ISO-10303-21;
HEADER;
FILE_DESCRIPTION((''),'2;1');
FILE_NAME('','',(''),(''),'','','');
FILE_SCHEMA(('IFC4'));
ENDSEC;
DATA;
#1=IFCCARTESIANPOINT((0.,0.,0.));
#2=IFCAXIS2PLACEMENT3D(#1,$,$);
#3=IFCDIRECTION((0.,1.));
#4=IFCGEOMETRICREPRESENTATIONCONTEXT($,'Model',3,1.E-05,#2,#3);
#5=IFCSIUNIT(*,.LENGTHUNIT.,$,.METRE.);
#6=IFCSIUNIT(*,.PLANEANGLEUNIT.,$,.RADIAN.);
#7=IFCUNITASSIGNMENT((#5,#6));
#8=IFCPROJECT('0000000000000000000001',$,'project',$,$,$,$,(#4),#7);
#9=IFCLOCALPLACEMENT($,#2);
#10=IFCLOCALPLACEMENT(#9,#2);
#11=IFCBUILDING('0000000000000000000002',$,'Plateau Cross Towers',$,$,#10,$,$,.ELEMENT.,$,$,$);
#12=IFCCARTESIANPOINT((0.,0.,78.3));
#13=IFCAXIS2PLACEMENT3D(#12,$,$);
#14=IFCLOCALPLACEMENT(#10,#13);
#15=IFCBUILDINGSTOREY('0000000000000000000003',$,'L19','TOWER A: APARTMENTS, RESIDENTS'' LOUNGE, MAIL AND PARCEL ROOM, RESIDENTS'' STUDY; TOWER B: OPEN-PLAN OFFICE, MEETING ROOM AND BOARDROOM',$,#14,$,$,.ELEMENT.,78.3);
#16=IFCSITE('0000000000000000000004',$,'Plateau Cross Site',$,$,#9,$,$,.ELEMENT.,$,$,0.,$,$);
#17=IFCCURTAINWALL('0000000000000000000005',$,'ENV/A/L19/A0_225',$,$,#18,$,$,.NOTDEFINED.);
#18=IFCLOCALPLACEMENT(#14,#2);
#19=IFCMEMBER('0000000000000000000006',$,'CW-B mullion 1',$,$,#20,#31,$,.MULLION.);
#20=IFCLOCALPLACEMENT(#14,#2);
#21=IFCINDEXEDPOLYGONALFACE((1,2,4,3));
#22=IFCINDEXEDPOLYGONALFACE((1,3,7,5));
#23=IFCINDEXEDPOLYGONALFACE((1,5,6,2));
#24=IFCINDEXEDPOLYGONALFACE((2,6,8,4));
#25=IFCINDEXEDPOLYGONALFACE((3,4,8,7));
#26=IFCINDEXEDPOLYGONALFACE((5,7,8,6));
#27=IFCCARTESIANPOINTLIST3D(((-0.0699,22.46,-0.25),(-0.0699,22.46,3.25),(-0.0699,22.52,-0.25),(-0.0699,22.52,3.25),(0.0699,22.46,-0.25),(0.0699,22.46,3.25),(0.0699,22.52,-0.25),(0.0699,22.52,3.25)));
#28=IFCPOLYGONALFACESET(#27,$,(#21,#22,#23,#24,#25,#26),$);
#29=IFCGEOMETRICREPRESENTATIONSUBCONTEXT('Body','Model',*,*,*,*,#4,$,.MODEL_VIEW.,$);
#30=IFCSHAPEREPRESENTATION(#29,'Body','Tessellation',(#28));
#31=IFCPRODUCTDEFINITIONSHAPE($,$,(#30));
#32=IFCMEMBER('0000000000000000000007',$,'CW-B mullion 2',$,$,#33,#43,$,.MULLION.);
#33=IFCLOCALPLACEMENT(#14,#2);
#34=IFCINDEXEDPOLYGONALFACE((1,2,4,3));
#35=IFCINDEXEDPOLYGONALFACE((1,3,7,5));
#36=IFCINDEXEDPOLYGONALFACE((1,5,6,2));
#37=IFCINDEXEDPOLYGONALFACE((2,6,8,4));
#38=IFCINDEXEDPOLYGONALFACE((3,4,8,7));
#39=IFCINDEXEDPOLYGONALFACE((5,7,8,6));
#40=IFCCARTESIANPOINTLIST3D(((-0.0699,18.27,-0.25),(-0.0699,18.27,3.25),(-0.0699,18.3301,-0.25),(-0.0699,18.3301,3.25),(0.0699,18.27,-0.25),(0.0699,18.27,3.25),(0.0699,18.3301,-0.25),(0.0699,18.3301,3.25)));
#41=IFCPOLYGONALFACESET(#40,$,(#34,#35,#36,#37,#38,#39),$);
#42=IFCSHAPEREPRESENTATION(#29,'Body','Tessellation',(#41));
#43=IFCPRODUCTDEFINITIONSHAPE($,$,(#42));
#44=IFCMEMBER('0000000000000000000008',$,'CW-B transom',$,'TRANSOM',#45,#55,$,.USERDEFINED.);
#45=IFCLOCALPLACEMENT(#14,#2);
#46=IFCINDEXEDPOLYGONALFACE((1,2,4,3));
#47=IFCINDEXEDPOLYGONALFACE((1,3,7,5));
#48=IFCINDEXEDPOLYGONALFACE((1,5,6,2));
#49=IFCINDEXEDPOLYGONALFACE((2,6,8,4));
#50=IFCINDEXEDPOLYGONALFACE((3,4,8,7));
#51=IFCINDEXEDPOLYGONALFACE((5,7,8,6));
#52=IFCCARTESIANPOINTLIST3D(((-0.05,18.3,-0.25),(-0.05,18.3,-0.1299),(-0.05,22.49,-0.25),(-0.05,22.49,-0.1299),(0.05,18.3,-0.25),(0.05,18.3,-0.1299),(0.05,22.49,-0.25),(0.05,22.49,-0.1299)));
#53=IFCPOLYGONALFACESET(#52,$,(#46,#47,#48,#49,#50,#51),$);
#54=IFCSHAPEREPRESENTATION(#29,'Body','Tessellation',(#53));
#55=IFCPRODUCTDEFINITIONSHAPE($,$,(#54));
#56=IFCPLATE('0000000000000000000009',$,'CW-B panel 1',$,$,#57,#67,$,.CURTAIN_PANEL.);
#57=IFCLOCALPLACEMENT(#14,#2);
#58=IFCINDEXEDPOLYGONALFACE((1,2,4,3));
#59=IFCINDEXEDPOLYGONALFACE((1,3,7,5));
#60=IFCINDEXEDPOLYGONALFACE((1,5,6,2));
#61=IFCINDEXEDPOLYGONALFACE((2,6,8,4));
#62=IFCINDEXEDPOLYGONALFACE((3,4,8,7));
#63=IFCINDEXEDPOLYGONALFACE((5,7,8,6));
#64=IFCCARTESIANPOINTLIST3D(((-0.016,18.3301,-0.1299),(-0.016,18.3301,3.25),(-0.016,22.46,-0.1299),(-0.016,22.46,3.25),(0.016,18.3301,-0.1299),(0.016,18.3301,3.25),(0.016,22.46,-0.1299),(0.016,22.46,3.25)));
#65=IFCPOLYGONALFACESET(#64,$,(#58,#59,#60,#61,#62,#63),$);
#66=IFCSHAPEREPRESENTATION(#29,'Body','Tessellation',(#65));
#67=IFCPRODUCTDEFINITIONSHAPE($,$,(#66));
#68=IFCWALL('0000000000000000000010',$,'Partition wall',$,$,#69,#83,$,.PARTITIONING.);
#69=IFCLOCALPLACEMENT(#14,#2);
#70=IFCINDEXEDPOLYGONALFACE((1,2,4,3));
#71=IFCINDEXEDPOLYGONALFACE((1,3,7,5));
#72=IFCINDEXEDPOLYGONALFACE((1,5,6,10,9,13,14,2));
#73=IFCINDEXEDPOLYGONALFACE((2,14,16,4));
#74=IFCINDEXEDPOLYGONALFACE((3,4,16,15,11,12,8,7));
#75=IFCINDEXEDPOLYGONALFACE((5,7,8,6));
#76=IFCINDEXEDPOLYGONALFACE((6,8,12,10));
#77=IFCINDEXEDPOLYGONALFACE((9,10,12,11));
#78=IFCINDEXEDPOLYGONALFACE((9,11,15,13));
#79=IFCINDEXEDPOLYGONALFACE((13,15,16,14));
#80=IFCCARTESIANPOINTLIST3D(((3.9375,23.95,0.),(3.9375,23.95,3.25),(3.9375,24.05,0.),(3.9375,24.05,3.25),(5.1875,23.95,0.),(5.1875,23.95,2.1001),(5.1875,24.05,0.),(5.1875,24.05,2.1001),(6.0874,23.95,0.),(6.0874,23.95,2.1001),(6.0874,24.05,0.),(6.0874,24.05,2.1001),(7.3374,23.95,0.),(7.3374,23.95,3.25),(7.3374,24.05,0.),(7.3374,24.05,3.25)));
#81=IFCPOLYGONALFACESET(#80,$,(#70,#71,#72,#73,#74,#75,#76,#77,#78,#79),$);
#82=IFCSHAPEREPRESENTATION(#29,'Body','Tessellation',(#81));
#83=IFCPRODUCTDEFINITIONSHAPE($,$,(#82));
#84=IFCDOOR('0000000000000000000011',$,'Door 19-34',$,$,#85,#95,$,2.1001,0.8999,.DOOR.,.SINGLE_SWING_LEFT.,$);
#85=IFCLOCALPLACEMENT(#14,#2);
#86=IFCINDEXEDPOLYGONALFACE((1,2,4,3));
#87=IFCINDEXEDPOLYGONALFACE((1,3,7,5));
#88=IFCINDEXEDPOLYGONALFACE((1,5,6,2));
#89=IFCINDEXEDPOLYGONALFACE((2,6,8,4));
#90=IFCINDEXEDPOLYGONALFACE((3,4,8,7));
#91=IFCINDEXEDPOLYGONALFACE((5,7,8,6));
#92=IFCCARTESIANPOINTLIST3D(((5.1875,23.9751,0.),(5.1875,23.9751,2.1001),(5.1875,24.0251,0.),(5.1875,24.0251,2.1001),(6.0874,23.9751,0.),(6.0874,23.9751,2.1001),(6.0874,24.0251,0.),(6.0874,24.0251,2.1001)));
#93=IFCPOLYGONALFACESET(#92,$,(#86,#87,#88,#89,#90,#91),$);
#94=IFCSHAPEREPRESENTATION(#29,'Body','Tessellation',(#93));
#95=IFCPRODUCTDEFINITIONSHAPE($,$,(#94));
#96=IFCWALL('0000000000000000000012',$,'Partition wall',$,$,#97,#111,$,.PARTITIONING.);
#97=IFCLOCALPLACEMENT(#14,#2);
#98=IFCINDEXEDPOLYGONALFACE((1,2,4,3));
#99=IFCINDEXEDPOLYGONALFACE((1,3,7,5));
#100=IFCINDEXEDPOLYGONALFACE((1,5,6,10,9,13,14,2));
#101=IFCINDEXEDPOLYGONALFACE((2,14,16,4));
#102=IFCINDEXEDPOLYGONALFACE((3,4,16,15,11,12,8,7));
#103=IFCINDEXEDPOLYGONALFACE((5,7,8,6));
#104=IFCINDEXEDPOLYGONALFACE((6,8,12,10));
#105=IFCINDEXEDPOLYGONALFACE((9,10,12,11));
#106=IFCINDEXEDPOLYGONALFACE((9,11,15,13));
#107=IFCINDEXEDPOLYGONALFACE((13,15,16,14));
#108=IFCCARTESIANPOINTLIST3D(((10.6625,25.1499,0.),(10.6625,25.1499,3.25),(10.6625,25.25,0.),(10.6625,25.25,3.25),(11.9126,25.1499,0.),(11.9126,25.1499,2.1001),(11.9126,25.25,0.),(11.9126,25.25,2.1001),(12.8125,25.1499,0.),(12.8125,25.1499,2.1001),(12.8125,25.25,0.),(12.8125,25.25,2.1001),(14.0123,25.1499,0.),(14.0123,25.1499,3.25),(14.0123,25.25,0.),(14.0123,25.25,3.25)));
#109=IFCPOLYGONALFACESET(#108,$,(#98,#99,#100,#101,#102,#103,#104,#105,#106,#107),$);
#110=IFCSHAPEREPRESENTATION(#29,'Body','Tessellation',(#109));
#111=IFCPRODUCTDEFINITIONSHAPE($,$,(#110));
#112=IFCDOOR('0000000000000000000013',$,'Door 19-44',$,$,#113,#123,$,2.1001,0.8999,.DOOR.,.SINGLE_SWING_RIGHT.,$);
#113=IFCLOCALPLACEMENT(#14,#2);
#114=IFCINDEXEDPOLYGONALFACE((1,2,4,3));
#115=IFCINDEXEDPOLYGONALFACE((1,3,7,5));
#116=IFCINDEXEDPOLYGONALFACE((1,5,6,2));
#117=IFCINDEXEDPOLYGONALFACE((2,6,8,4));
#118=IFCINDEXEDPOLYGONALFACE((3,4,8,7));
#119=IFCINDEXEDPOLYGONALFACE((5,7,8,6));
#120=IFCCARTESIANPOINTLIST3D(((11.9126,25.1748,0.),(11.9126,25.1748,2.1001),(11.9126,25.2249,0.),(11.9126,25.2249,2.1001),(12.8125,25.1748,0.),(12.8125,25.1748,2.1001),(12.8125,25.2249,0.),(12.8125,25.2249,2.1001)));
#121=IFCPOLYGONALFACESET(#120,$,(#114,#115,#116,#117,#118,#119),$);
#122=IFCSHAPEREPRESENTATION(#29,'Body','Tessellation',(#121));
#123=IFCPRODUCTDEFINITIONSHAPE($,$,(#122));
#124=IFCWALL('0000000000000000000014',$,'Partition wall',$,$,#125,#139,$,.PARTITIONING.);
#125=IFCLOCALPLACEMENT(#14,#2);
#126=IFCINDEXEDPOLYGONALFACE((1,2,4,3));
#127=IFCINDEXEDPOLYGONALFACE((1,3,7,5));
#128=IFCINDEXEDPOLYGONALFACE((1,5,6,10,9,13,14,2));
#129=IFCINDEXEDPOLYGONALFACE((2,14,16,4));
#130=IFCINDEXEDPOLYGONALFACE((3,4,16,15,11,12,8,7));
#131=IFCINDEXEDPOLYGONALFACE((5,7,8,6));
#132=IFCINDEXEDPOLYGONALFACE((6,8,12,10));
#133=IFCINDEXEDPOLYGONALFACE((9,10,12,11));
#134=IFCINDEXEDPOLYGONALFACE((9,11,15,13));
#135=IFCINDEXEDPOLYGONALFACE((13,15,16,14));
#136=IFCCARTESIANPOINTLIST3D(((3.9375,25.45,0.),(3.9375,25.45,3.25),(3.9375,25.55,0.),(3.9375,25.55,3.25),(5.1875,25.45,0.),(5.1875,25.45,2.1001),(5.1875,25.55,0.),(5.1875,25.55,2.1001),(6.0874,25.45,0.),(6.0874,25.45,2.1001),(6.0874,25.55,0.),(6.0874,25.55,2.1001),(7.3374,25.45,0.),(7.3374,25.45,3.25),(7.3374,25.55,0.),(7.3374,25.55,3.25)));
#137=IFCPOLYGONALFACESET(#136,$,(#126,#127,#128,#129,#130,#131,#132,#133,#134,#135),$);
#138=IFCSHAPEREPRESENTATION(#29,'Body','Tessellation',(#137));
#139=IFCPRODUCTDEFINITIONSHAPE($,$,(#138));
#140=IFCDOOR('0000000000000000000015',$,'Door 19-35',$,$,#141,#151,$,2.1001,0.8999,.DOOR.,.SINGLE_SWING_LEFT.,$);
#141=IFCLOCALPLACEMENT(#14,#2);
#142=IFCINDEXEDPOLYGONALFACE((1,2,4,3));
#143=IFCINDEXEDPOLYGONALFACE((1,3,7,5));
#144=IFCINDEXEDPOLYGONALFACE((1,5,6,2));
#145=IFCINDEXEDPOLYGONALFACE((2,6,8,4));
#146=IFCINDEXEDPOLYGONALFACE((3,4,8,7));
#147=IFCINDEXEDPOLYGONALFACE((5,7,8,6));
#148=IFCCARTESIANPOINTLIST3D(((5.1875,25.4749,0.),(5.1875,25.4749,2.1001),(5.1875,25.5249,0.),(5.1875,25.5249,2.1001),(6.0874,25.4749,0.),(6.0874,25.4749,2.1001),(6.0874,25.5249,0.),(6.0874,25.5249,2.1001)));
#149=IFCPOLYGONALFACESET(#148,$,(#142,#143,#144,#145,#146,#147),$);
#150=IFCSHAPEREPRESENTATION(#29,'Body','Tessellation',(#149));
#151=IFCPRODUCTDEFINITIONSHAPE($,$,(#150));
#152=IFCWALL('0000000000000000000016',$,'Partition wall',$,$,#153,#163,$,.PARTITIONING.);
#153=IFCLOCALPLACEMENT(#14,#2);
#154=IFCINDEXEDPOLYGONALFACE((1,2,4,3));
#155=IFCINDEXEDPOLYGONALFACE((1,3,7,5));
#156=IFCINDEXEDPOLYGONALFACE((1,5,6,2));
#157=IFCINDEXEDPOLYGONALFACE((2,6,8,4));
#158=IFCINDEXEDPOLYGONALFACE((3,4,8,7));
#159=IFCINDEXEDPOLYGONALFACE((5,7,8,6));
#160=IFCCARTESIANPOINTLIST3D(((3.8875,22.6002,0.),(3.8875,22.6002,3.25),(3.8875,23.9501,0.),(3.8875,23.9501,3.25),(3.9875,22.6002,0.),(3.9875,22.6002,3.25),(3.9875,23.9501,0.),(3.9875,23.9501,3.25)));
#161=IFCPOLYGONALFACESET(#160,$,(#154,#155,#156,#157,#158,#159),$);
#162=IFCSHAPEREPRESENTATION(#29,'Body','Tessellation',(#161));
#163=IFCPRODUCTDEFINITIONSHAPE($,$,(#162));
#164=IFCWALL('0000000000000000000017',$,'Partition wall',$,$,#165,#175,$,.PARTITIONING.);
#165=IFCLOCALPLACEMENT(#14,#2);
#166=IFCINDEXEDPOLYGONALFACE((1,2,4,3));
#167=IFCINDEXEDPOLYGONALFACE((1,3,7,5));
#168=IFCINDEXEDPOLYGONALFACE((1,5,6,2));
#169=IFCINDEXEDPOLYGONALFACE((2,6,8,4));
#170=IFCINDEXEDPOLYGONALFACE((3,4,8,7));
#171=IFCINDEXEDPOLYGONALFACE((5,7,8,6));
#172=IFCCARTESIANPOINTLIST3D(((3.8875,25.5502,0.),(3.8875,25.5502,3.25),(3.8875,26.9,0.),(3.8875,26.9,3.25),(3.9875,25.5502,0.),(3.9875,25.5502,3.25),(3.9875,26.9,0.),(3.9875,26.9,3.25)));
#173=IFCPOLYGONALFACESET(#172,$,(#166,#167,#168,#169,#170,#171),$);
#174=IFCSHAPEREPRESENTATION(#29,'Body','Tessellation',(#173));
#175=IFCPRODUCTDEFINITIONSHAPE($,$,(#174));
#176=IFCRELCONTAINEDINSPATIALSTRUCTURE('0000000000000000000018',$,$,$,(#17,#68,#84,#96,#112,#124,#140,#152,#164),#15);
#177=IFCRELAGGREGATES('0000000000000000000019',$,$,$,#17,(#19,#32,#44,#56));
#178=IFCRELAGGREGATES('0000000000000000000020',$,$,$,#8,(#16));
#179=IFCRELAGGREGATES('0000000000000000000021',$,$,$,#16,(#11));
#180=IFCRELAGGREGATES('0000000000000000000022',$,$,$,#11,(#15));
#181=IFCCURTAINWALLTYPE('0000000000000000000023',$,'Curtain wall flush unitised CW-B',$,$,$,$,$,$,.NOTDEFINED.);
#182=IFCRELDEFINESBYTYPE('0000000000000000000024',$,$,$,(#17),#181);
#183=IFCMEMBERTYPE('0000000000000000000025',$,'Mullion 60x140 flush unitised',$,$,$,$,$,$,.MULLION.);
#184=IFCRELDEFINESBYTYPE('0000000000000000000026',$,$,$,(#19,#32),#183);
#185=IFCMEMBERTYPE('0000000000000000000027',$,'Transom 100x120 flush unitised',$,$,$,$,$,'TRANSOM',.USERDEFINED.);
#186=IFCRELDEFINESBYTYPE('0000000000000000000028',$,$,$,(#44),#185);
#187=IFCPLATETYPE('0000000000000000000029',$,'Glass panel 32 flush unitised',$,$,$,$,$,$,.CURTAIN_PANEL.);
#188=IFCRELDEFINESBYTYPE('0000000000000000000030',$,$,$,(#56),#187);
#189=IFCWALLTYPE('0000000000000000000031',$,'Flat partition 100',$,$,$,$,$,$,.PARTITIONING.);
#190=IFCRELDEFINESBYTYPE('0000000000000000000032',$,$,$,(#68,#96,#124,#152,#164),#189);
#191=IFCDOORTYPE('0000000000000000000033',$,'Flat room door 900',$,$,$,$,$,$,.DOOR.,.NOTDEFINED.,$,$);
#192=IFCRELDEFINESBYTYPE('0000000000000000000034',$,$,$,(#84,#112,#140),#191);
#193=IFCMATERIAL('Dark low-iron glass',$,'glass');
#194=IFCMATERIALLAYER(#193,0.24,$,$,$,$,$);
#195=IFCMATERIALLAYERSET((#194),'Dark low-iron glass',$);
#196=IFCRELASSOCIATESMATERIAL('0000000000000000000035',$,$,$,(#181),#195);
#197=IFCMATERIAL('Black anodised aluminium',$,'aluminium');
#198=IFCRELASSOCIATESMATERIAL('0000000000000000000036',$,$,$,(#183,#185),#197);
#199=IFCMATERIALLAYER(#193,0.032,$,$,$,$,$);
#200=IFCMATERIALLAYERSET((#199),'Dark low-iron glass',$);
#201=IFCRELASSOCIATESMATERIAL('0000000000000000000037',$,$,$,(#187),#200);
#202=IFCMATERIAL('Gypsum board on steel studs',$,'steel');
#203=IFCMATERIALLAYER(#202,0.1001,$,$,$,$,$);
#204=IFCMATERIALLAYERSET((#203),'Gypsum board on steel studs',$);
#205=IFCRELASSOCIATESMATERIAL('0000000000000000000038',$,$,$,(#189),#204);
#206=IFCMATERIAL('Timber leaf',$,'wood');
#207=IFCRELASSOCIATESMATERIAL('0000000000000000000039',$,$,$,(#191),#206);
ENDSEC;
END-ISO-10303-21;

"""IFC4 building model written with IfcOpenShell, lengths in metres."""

from ifc_helpers import new_model, si_unit, direction, frame, frame_2d, origin, origin_2d, place, context, subcontext, project, spatial, rectangle, extrude, material, layer, layer_set, material_profile, profile_set, type_object, element, fill, aggregate, save


model = new_model("IFC4")

# Units and contexts
model_context = context("Model", 3, precision=1e-05, world=origin(), true_north=direction((0.0, 1.0)))
body_context = subcontext(model_context, "Body", "Model", "MODEL_VIEW")
ifc_project = project(units=[si_unit("LENGTHUNIT", "METRE"), si_unit("PLANEANGLEUNIT", "RADIAN")], contexts=[model_context])

# Site, building, storey
site_placement = place(None, origin())
site = spatial("IfcSite", under=ifc_project, at=site_placement, Name="Plateau Cross Site", CompositionType="ELEMENT", RefElevation=0.0)
building_placement = place(site_placement, origin())
building = spatial("IfcBuilding", under=site, at=building_placement, Name="Plateau Cross Towers", CompositionType="ELEMENT")
storey_placement = place(building_placement, frame((0.0, 0.0, 78.3)))
storey = spatial("IfcBuildingStorey", under=building, at=storey_placement, Name="L19", Description="TOWER A: APARTMENTS, RESIDENTS' LOUNGE, MAIL AND PARCEL ROOM, RESIDENTS' STUDY; TOWER B: OPEN-PLAN OFFICE, MEETING ROOM AND BOARDROOM", CompositionType="ELEMENT", Elevation=78.3)

# Curtain wall, members, plate
ifc_material_1 = material(Name="Dark low-iron glass", Category="glass")
ifc_layer_1 = layer(ifc_material_1, 0.24)
ifc_layer_set_1 = layer_set([ifc_layer_1], Name="Dark low-iron glass")
curtain_wall_type = type_object("IfcCurtainWallType", Name="Curtain wall flush unitised CW-B", PredefinedType="NOTDEFINED", material=ifc_layer_set_1)
curtain_wall_placement = place(storey_placement, origin())
curtain_wall = element("IfcCurtainWall", 1, at=curtain_wall_placement, inside=storey, type_object=curtain_wall_type, Name="ENV/A/L19/A0_225", PredefinedType="NOTDEFINED")
ifc_material_2 = material(Name="Black anodised aluminium", Category="aluminium")
ifc_material_profile_1 = material_profile(ifc_material_2, rectangle(XDim=0.0601, YDim=0.1399, at=origin_2d()), Name="MULLION 60x140")
ifc_profile_set_1 = profile_set([ifc_material_profile_1], Name="Black anodised aluminium")
member_type_1 = type_object("IfcMemberType", Name="Mullion 60x140 flush unitised", PredefinedType="MULLION", material=ifc_profile_set_1)
member_1_placement = place(storey_placement, frame((0.0, 22.49, -0.25), z_axis=(0.0, 0.0, 1.0), x_axis=(0.0, -1.0, 0.0)))
member_1 = element("IfcMember", 2, at=member_1_placement, type_object=member_type_1, Name="CW-B mullion 1", PredefinedType="MULLION", context=body_context, shape_type="SweptSolid", body=[
    extrude(rectangle(XDim=0.0601, YDim=0.1399, at=origin_2d()), origin(), (0.0, 0.0, 1.0), 3.5),
])
member_2_placement = place(storey_placement, frame((0.0, 18.3, -0.25), z_axis=(0.0, 0.0, 1.0), x_axis=(0.0, -1.0, 0.0)))
member_2 = element("IfcMember", 3, at=member_2_placement, type_object=member_type_1, Name="CW-B mullion 2", PredefinedType="MULLION", context=body_context, shape_type="SweptSolid", body=[
    extrude(rectangle(XDim=0.0601, YDim=0.1399, at=origin_2d()), origin(), (0.0, 0.0, 1.0), 3.5),
])
ifc_material_profile_2 = material_profile(ifc_material_2, rectangle(XDim=0.1001, YDim=0.1201, at=origin_2d()), Name="TRANSOM 100x120")
ifc_profile_set_2 = profile_set([ifc_material_profile_2], Name="Black anodised aluminium")
member_type_2 = type_object("IfcMemberType", Name="Transom 100x120 flush unitised", ElementType="TRANSOM", PredefinedType="USERDEFINED", material=ifc_profile_set_2)
member_3_placement = place(storey_placement, frame((0.0, 22.49, -0.1899), z_axis=(0.0, -1.0, 0.0), x_axis=(1.0, 0.0, 0.0)))
member_3 = element("IfcMember", 4, at=member_3_placement, type_object=member_type_2, Name="CW-B transom", ObjectType="TRANSOM", PredefinedType="USERDEFINED", context=body_context, shape_type="SweptSolid", body=[
    extrude(rectangle(XDim=0.1001, YDim=0.1201, at=origin_2d()), origin(), (0.0, 0.0, 1.0), 4.1899),
])
ifc_layer_2 = layer(ifc_material_1, 0.032)
ifc_layer_set_2 = layer_set([ifc_layer_2], Name="Dark low-iron glass")
plate_type = type_object("IfcPlateType", Name="Glass panel 32 flush unitised", PredefinedType="CURTAIN_PANEL", material=ifc_layer_set_2)
plate_placement = place(storey_placement, frame((0.0, 20.395, -0.1299), z_axis=(0.0, 0.0, 1.0), x_axis=(0.0, -1.0, 0.0)))
plate = element("IfcPlate", 5, at=plate_placement, type_object=plate_type, Name="CW-B panel 1", PredefinedType="CURTAIN_PANEL", context=body_context, shape_type="SweptSolid", body=[
    extrude(rectangle(XDim=4.1299, YDim=0.032, at=origin_2d()), origin(), (0.0, 0.0, 1.0), 3.3799),
])
aggregate(curtain_wall, [member_1, member_2, member_3, plate])

# Walls, openings, doors
ifc_material_3 = material(Name="Gypsum board on steel studs", Category="steel")
ifc_layer_3 = layer(ifc_material_3, 0.1001)
ifc_layer_set_3 = layer_set([ifc_layer_3], Name="Gypsum board on steel studs")
wall_type_1 = type_object("IfcWallType", Name="Flat partition 100", PredefinedType="PARTITIONING", material=ifc_layer_set_3)
wall_1_placement = place(storey_placement, frame((7.3374, 24.0, 0.0), z_axis=(0.0, 0.0, 1.0), x_axis=(-1.0, 0.0, 0.0)))
wall_1 = element("IfcWall", 6, at=wall_1_placement, inside=storey, type_object=wall_type_1, Name="Partition wall", PredefinedType="PARTITIONING", context=body_context, shape_type="SweptSolid", body=[
    extrude(rectangle(XDim=3.3999, YDim=0.1001, at=frame_2d((1.7, 0.0))), origin(), (0.0, 0.0, 1.0), 3.25),
])
opening_1_placement = place(wall_1_placement, frame((1.25, 0.0, 0.0)))
opening_1 = element("IfcOpeningElement", 7, at=opening_1_placement, cuts=wall_1, PredefinedType="OPENING", context=body_context, shape_type="SweptSolid", body=[
    extrude(rectangle(XDim=0.8999, YDim=2.1001, at=frame_2d((0.45, 1.05))), frame((0.0, 0.0601, 0.0), z_axis=(0.0, -1.0, 0.0), x_axis=(1.0, 0.0, 0.0)), (0.0, 0.0, 1.0), 0.1201),
])
ifc_material_4 = material(Name="Timber leaf", Category="wood")
door_type_1 = type_object("IfcDoorType", Name="Flat room door 900", OperationType="NOTDEFINED", PredefinedType="DOOR", material=ifc_material_4)
door_1_placement = place(opening_1_placement, origin())
door_1 = element("IfcDoor", 8, at=door_1_placement, inside=storey, type_object=door_type_1, Name="Door 19-34", OperationType="SINGLE_SWING_LEFT", OverallHeight=2.1001, OverallWidth=0.8999, PredefinedType="DOOR", context=body_context, shape_type="SweptSolid", body=[
    extrude(rectangle(XDim=0.8999, YDim=2.1001, at=frame_2d((0.45, 1.05))), frame((0.0, 0.0249, 0.0), z_axis=(0.0, -1.0, 0.0), x_axis=(1.0, 0.0, 0.0)), (0.0, 0.0, 1.0), 0.05),
])
fill(opening_1, door_1)
wall_2_placement = place(storey_placement, frame((10.6626, 25.2, 0.0), z_axis=(0.0, 0.0, 1.0), x_axis=(1.0, 0.0, 0.0)))
wall_2 = element("IfcWall", 9, at=wall_2_placement, inside=storey, type_object=wall_type_1, Name="Partition wall", PredefinedType="PARTITIONING", context=body_context, shape_type="SweptSolid", body=[
    extrude(rectangle(XDim=3.3499, YDim=0.1001, at=frame_2d((1.6748, 0.0))), origin(), (0.0, 0.0, 1.0), 3.25),
])
opening_2_placement = place(wall_2_placement, frame((1.25, 0.0, 0.0)))
opening_2 = element("IfcOpeningElement", 10, at=opening_2_placement, cuts=wall_2, PredefinedType="OPENING", context=body_context, shape_type="SweptSolid", body=[
    extrude(rectangle(XDim=0.8999, YDim=2.1001, at=frame_2d((0.45, 1.05))), frame((0.0, 0.0601, 0.0), z_axis=(0.0, -1.0, 0.0), x_axis=(1.0, 0.0, 0.0)), (0.0, 0.0, 1.0), 0.1201),
])
door_2_placement = place(opening_2_placement, origin())
door_2 = element("IfcDoor", 11, at=door_2_placement, inside=storey, type_object=door_type_1, Name="Door 19-44", OperationType="SINGLE_SWING_RIGHT", OverallHeight=2.1001, OverallWidth=0.8999, PredefinedType="DOOR", context=body_context, shape_type="SweptSolid", body=[
    extrude(rectangle(XDim=0.8999, YDim=2.1001, at=frame_2d((0.45, 1.05))), frame((0.0, 0.0249, 0.0), z_axis=(0.0, -1.0, 0.0), x_axis=(1.0, 0.0, 0.0)), (0.0, 0.0, 1.0), 0.05),
])
fill(opening_2, door_2)
wall_3_placement = place(storey_placement, frame((3.9375, 25.5, 0.0), z_axis=(0.0, 0.0, 1.0), x_axis=(1.0, 0.0, 0.0)))
wall_3 = element("IfcWall", 12, at=wall_3_placement, inside=storey, type_object=wall_type_1, Name="Partition wall", PredefinedType="PARTITIONING", context=body_context, shape_type="SweptSolid", body=[
    extrude(rectangle(XDim=3.3999, YDim=0.1001, at=frame_2d((1.7, 0.0))), origin(), (0.0, 0.0, 1.0), 3.25),
])
opening_3_placement = place(wall_3_placement, frame((1.25, 0.0, 0.0)))
opening_3 = element("IfcOpeningElement", 13, at=opening_3_placement, cuts=wall_3, PredefinedType="OPENING", context=body_context, shape_type="SweptSolid", body=[
    extrude(rectangle(XDim=0.8999, YDim=2.1001, at=frame_2d((0.45, 1.05))), frame((0.0, 0.0601, 0.0), z_axis=(0.0, -1.0, 0.0), x_axis=(1.0, 0.0, 0.0)), (0.0, 0.0, 1.0), 0.1201),
])
door_3_placement = place(opening_3_placement, origin())
door_3 = element("IfcDoor", 14, at=door_3_placement, inside=storey, type_object=door_type_1, Name="Door 19-35", OperationType="SINGLE_SWING_LEFT", OverallHeight=2.1001, OverallWidth=0.8999, PredefinedType="DOOR", context=body_context, shape_type="SweptSolid", body=[
    extrude(rectangle(XDim=0.8999, YDim=2.1001, at=frame_2d((0.45, 1.05))), frame((0.0, 0.0249, 0.0), z_axis=(0.0, -1.0, 0.0), x_axis=(1.0, 0.0, 0.0)), (0.0, 0.0, 1.0), 0.05),
])
fill(opening_3, door_3)

# Walls
for number, where, z_axis, x_axis, name in (
    (15, (3.9375, 23.95, 0.0), (0.0, 0.0, 1.0), (0.0, -1.0, 0.0), "Partition wall"),
    (16, (3.9375, 26.8999, 0.0), (0.0, 0.0, 1.0), (0.0, -1.0, 0.0), "Partition wall"),
):
    element("IfcWall", number, at=place(storey_placement, frame(where, z_axis=z_axis, x_axis=x_axis)), inside=storey, type_object=wall_type_1, Name=name, PredefinedType="PARTITIONING", context=body_context, shape_type="SweptSolid", body=[
        extrude(rectangle(XDim=1.3499, YDim=0.1001, at=frame_2d((0.6748, 0.0))), origin(), (0.0, 0.0, 1.0), 3.25),
    ])

save(model, "model.ifc")
